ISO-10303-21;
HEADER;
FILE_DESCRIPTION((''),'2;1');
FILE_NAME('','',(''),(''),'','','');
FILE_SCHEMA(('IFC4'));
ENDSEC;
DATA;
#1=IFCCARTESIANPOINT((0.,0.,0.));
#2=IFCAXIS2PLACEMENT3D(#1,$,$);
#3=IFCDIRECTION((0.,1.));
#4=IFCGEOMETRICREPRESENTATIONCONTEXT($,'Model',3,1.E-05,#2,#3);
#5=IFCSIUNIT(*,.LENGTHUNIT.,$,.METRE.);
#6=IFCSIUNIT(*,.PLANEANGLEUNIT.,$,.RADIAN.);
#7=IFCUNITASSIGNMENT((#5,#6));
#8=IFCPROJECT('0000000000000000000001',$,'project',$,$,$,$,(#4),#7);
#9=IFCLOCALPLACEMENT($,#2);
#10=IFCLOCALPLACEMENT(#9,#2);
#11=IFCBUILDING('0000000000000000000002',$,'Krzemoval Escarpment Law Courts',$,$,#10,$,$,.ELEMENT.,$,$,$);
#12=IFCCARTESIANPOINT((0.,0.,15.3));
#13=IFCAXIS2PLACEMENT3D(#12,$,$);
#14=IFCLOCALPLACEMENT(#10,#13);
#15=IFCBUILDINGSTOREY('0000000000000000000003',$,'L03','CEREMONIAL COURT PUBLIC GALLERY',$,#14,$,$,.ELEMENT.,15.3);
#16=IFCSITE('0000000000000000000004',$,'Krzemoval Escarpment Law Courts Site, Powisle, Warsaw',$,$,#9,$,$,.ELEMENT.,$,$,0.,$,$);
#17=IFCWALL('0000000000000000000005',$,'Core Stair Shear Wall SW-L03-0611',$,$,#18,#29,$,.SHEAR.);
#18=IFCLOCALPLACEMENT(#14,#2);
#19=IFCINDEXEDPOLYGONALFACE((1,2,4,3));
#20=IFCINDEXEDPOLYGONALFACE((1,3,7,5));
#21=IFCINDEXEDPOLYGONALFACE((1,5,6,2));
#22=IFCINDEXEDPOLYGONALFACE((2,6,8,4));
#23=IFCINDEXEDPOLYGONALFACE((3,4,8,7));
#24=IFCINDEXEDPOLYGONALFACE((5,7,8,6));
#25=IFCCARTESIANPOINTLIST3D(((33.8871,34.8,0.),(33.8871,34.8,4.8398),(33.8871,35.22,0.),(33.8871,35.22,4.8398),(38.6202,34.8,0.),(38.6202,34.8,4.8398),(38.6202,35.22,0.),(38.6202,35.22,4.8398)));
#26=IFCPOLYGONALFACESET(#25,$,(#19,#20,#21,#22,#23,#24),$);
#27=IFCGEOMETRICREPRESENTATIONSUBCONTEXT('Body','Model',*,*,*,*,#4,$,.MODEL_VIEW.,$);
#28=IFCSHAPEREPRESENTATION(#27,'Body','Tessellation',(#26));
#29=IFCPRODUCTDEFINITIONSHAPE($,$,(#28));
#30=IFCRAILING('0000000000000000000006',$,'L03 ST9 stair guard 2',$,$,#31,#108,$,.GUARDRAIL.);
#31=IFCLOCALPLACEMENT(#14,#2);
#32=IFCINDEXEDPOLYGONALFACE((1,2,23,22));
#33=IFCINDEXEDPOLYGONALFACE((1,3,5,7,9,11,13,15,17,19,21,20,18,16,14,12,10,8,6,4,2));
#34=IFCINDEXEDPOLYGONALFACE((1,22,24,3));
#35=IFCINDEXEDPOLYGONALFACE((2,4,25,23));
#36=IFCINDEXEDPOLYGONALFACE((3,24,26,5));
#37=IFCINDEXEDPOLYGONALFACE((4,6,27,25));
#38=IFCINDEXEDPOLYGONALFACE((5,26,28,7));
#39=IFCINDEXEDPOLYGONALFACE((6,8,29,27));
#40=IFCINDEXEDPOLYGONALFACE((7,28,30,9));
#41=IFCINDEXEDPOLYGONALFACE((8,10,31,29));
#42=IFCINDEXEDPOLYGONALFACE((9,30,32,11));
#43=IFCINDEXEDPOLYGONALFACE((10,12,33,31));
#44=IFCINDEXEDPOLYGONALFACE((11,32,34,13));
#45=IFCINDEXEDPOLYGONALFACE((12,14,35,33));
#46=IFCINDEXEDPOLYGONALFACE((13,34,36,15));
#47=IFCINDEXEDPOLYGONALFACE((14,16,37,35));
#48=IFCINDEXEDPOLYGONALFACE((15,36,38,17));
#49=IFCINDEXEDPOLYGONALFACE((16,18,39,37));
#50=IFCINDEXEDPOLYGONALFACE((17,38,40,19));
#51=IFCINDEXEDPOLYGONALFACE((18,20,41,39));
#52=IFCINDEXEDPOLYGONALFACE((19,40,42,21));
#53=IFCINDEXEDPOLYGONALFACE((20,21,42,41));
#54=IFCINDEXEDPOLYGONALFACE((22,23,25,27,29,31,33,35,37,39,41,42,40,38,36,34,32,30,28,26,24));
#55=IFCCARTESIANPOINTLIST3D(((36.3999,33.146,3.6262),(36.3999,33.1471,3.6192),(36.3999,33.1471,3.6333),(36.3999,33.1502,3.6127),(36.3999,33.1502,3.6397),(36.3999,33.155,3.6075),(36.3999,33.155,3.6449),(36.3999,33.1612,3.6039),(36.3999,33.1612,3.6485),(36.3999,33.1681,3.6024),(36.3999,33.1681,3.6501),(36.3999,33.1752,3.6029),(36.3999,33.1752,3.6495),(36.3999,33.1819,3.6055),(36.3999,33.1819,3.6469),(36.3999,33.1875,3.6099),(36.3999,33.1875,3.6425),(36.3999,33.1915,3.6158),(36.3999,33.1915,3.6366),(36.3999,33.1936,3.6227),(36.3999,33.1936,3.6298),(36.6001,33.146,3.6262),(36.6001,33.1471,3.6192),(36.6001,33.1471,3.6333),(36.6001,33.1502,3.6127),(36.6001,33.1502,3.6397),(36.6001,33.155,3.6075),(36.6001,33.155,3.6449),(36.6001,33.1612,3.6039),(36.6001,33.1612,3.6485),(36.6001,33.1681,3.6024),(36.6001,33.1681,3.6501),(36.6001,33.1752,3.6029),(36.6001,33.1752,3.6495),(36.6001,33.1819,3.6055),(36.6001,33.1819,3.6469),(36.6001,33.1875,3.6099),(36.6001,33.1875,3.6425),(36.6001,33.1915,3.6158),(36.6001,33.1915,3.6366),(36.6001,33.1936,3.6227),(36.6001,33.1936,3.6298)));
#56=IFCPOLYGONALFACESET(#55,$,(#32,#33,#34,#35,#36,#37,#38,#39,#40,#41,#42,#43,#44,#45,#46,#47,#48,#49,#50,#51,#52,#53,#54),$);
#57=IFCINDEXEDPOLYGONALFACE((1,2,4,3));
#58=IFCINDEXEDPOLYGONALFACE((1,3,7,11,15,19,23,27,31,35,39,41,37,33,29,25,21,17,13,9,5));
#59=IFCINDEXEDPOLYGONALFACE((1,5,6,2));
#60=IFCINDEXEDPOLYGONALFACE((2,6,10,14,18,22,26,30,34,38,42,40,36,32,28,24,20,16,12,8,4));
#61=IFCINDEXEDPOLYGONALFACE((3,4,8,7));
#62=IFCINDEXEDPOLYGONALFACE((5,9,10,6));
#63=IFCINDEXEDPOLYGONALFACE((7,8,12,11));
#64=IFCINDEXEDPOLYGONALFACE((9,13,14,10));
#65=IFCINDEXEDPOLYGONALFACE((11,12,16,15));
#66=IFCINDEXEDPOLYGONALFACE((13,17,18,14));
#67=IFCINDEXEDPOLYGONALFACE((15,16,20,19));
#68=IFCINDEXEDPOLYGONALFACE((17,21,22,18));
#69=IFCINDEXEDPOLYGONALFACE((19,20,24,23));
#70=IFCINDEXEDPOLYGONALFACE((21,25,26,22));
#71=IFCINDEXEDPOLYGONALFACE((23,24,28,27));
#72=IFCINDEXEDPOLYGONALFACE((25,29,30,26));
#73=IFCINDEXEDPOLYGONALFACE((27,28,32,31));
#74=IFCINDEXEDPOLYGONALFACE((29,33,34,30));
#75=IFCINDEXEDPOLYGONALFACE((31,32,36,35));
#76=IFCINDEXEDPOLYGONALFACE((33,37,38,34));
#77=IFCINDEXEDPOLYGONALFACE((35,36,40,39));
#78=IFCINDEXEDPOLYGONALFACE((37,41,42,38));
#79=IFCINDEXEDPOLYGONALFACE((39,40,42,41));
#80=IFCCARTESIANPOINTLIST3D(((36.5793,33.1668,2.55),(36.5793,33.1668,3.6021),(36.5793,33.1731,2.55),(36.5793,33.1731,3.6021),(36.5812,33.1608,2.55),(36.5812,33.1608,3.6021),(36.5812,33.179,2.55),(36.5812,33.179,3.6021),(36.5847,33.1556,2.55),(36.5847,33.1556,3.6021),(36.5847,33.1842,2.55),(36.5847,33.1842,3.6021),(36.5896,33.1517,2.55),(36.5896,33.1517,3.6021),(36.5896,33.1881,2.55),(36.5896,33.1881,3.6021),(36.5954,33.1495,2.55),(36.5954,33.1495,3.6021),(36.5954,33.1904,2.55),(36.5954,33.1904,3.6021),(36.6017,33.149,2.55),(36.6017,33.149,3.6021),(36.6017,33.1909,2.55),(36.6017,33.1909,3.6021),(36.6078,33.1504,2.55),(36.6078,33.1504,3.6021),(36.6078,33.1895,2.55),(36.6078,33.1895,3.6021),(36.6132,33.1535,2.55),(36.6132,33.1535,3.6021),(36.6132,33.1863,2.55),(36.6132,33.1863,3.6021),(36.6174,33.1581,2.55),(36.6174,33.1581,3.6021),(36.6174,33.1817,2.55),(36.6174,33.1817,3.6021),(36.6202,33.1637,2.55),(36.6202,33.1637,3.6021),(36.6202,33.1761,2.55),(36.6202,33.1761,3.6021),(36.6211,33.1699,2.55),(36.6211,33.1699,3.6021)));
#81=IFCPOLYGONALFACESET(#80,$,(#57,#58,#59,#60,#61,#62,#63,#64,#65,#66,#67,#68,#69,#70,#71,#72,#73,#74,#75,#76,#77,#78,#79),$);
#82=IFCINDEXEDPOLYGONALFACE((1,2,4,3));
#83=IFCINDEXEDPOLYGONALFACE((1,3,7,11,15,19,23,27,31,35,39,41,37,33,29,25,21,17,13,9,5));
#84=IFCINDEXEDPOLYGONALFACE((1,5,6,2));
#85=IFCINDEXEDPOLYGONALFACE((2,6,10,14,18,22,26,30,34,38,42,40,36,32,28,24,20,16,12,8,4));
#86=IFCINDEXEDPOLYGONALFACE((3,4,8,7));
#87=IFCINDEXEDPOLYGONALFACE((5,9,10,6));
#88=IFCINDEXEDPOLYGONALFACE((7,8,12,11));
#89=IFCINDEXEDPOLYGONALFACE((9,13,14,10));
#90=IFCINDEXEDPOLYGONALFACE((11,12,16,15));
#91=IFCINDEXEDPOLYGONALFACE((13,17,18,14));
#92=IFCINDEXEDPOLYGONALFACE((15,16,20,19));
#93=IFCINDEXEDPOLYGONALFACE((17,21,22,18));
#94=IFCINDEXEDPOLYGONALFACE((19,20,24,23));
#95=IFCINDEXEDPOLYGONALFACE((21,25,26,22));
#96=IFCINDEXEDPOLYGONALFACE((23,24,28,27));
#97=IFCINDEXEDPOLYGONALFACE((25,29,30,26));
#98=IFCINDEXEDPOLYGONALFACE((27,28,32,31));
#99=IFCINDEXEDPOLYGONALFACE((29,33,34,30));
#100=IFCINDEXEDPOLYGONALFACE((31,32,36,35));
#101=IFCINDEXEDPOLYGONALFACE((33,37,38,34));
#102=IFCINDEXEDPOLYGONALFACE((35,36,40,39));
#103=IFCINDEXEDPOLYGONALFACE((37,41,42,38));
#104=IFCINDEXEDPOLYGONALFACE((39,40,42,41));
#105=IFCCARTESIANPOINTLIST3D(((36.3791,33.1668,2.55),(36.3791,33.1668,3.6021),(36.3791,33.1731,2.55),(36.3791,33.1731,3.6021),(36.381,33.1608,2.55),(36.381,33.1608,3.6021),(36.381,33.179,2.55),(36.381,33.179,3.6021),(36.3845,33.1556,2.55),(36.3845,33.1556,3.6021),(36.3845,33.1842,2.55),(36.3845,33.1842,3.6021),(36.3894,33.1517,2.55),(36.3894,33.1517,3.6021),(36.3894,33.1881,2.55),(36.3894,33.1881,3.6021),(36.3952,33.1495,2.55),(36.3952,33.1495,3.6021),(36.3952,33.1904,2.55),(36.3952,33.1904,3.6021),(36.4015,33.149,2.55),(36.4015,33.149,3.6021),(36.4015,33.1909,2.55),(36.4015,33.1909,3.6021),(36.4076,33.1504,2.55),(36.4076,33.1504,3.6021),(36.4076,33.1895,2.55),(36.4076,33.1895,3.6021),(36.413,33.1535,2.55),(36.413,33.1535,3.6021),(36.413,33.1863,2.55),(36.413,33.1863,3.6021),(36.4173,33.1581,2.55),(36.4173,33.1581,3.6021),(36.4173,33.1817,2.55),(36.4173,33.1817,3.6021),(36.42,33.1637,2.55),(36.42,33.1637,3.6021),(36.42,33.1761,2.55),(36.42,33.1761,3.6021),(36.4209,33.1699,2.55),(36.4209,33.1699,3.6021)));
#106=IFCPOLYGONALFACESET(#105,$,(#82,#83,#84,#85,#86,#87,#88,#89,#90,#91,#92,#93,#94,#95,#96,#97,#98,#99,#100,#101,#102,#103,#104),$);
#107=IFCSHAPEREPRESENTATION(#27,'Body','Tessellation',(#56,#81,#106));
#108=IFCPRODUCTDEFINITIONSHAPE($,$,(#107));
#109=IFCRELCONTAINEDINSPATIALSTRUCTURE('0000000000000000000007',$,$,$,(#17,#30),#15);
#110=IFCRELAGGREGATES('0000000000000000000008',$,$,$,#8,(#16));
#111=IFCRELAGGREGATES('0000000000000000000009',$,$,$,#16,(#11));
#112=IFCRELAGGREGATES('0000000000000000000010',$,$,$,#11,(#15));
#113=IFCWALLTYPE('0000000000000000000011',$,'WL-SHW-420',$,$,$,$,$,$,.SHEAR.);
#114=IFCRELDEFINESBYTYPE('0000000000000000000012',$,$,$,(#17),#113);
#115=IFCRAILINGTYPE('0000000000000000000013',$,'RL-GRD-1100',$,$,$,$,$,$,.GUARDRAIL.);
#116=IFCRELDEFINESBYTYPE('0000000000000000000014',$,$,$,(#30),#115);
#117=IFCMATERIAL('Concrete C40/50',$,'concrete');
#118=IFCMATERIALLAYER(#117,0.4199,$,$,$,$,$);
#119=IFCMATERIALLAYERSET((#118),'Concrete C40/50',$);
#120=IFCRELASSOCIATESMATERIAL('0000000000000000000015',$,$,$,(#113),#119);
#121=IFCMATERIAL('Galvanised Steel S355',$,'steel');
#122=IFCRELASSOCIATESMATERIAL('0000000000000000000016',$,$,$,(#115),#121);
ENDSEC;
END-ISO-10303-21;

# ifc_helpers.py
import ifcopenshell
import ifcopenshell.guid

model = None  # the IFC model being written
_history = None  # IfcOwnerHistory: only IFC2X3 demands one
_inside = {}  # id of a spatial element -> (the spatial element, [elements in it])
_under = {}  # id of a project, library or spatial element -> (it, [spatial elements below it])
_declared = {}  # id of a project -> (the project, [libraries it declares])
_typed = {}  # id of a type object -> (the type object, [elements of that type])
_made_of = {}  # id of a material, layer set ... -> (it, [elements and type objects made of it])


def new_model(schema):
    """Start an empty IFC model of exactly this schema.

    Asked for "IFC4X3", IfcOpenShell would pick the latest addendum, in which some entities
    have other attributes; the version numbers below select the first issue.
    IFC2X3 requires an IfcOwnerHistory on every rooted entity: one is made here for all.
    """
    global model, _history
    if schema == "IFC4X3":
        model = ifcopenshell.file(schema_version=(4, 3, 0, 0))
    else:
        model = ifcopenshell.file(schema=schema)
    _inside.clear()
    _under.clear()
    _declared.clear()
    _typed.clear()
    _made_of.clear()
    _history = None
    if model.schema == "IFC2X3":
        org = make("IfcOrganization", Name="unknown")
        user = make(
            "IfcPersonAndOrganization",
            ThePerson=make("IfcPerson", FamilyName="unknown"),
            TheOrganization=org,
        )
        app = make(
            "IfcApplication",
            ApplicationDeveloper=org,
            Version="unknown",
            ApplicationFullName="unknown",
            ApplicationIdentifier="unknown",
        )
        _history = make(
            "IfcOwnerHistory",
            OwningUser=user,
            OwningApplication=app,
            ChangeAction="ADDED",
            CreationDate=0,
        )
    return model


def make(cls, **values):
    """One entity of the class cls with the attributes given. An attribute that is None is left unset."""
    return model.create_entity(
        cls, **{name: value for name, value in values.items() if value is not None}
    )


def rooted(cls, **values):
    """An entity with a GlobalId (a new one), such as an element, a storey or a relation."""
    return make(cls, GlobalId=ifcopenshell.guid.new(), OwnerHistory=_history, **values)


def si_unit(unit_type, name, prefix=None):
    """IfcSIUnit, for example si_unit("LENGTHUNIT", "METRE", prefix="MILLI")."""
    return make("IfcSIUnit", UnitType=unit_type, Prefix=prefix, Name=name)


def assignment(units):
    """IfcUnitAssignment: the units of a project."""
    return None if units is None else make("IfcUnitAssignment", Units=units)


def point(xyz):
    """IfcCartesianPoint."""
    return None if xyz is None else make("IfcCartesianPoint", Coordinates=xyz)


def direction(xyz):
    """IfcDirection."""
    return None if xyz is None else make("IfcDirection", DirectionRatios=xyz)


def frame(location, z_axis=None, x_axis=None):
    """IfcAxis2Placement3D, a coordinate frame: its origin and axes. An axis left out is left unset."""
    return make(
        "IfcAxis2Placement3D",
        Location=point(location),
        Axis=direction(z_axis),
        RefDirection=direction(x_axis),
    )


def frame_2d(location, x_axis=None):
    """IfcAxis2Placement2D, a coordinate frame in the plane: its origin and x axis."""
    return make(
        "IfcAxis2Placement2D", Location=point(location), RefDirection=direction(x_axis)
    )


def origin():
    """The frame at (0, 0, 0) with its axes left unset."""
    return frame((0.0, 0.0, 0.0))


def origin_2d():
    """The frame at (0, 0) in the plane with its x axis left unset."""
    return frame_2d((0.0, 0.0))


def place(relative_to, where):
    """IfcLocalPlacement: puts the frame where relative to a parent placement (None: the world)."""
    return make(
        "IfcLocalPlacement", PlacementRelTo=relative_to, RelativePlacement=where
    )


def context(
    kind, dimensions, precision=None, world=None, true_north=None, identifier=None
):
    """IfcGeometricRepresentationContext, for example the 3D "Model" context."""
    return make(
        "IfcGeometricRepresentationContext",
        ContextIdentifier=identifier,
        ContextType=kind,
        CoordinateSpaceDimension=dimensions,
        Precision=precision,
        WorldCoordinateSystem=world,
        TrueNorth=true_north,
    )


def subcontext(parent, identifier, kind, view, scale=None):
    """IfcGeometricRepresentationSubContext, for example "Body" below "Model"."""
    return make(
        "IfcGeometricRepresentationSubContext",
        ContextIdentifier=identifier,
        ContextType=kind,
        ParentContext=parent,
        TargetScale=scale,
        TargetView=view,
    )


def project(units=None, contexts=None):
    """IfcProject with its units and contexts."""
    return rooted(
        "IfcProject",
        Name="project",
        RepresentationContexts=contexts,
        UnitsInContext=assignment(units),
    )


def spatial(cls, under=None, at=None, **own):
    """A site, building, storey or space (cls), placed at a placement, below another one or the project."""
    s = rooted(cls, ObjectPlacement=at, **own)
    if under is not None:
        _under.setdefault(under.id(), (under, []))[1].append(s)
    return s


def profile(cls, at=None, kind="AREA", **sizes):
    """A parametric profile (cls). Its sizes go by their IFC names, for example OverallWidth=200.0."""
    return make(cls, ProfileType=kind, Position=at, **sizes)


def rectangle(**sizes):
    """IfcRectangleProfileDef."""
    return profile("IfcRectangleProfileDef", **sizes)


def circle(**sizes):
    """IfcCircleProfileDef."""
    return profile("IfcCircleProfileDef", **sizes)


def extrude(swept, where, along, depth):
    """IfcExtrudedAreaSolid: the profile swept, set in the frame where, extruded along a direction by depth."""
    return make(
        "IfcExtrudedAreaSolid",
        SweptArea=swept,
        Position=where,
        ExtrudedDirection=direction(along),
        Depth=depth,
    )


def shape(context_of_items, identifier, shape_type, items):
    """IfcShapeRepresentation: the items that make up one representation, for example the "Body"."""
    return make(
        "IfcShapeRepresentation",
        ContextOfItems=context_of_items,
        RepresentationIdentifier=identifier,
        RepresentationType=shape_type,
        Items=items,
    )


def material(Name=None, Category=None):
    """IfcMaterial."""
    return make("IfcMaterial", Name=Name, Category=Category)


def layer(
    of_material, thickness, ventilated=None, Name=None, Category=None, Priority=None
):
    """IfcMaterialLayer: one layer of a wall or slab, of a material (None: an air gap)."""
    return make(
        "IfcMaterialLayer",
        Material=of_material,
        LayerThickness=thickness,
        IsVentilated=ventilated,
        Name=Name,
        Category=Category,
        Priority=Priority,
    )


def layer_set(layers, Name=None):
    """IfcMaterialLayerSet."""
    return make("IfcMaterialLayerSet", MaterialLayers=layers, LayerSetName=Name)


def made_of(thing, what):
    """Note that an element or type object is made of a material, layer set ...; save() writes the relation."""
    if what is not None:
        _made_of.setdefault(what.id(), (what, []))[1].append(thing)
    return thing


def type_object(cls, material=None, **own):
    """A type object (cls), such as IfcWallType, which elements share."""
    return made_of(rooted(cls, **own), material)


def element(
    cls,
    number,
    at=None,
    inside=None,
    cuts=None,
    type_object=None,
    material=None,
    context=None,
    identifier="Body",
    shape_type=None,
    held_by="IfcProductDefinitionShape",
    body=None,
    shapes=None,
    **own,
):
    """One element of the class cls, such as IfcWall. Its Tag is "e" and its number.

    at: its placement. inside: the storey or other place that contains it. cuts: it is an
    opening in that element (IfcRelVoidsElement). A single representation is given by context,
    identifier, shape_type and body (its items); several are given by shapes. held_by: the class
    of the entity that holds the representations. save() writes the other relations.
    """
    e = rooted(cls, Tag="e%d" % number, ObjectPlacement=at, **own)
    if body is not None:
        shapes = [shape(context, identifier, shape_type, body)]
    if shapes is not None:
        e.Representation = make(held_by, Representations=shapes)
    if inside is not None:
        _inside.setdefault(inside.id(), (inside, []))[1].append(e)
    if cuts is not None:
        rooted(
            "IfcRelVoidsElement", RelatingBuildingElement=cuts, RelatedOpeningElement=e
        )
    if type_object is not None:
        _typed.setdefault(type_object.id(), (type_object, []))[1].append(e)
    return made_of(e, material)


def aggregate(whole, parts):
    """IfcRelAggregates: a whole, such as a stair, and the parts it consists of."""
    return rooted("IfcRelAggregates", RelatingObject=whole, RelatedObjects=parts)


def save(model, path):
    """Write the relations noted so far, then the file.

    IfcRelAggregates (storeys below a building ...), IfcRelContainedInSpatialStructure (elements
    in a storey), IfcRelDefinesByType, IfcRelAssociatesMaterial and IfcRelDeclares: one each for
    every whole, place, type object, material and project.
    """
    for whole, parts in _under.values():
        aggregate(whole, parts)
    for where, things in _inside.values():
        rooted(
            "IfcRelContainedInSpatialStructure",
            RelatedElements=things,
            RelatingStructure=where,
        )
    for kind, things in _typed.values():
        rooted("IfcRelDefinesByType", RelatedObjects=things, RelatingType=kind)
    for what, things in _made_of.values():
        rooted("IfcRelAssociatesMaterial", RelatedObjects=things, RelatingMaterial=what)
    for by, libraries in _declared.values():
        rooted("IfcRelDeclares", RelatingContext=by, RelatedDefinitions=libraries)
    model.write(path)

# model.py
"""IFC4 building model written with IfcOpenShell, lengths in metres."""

from ifc_helpers import new_model, si_unit, direction, frame, frame_2d, origin, origin_2d, place, context, subcontext, project, spatial, rectangle, circle, extrude, material, layer, layer_set, type_object, element, save


model = new_model("IFC4")

# Units and contexts
model_context = context("Model", 3, precision=1e-05, world=origin(), true_north=direction((0.0, 1.0)))
body_context = subcontext(model_context, "Body", "Model", "MODEL_VIEW")
ifc_project = project(units=[si_unit("LENGTHUNIT", "METRE"), si_unit("PLANEANGLEUNIT", "RADIAN")], contexts=[model_context])

# Site, building, storey
site_placement = place(None, origin())
site = spatial("IfcSite", under=ifc_project, at=site_placement, Name="Krzemoval Escarpment Law Courts Site, Powisle, Warsaw", CompositionType="ELEMENT", RefElevation=0.0)
building_placement = place(site_placement, origin())
building = spatial("IfcBuilding", under=site, at=building_placement, Name="Krzemoval Escarpment Law Courts", CompositionType="ELEMENT")
storey_placement = place(building_placement, frame((0.0, 0.0, 15.3)))
storey = spatial("IfcBuildingStorey", under=building, at=storey_placement, Name="L03", Description="CEREMONIAL COURT PUBLIC GALLERY", CompositionType="ELEMENT", Elevation=15.3)

# Wall
ifc_material_1 = material(Name="Concrete C40/50", Category="concrete")
ifc_layer_1 = layer(ifc_material_1, 0.4199)
ifc_layer_set_1 = layer_set([ifc_layer_1], Name="Concrete C40/50")
wall_type_1 = type_object("IfcWallType", Name="WL-SHW-420", PredefinedType="SHEAR", material=ifc_layer_set_1)
wall_1_placement = place(storey_placement, frame((33.887, 35.01, 0.0), z_axis=(0.0, 0.0, 1.0), x_axis=(1.0, 0.0, 0.0)))
element("IfcWall", 1, at=wall_1_placement, inside=storey, type_object=wall_type_1, Name="Core Stair Shear Wall SW-L03-0611", PredefinedType="SHEAR", context=body_context, shape_type="SweptSolid", body=[
    extrude(rectangle(XDim=4.7332, YDim=0.4199, at=frame_2d((2.3667, 0.0))), origin(), (0.0, 0.0, 1.0), 4.8398),
])

# Railing
ifc_material_2 = material(Name="Galvanised Steel S355", Category="steel")
railing_type = type_object("IfcRailingType", Name="RL-GRD-1100", PredefinedType="GUARDRAIL", material=ifc_material_2)
railing_placement = place(storey_placement, frame((36.6001, 33.1699, 2.55)))
element("IfcRailing", 2, at=railing_placement, inside=storey, type_object=railing_type, Name="L03 ST9 stair guard 2", PredefinedType="GUARDRAIL", context=body_context, shape_type="SweptSolid", body=[
    extrude(circle(Radius=0.0239, at=origin_2d()), frame((0.0, 0.0, 1.0762), z_axis=(-1.0, 0.0, 0.0), x_axis=(0.0, -1.0, 0.0)), (0.0, 0.0, 1.0), 0.2002),
    extrude(circle(Radius=0.021, at=origin_2d()), origin(), (0.0, 0.0, 1.0), 1.052),
    extrude(circle(Radius=0.021, at=origin_2d()), frame((-0.2002, 0.0, 0.0)), (0.0, 0.0, 1.0), 1.052),
])

save(model, "model.ifc")
